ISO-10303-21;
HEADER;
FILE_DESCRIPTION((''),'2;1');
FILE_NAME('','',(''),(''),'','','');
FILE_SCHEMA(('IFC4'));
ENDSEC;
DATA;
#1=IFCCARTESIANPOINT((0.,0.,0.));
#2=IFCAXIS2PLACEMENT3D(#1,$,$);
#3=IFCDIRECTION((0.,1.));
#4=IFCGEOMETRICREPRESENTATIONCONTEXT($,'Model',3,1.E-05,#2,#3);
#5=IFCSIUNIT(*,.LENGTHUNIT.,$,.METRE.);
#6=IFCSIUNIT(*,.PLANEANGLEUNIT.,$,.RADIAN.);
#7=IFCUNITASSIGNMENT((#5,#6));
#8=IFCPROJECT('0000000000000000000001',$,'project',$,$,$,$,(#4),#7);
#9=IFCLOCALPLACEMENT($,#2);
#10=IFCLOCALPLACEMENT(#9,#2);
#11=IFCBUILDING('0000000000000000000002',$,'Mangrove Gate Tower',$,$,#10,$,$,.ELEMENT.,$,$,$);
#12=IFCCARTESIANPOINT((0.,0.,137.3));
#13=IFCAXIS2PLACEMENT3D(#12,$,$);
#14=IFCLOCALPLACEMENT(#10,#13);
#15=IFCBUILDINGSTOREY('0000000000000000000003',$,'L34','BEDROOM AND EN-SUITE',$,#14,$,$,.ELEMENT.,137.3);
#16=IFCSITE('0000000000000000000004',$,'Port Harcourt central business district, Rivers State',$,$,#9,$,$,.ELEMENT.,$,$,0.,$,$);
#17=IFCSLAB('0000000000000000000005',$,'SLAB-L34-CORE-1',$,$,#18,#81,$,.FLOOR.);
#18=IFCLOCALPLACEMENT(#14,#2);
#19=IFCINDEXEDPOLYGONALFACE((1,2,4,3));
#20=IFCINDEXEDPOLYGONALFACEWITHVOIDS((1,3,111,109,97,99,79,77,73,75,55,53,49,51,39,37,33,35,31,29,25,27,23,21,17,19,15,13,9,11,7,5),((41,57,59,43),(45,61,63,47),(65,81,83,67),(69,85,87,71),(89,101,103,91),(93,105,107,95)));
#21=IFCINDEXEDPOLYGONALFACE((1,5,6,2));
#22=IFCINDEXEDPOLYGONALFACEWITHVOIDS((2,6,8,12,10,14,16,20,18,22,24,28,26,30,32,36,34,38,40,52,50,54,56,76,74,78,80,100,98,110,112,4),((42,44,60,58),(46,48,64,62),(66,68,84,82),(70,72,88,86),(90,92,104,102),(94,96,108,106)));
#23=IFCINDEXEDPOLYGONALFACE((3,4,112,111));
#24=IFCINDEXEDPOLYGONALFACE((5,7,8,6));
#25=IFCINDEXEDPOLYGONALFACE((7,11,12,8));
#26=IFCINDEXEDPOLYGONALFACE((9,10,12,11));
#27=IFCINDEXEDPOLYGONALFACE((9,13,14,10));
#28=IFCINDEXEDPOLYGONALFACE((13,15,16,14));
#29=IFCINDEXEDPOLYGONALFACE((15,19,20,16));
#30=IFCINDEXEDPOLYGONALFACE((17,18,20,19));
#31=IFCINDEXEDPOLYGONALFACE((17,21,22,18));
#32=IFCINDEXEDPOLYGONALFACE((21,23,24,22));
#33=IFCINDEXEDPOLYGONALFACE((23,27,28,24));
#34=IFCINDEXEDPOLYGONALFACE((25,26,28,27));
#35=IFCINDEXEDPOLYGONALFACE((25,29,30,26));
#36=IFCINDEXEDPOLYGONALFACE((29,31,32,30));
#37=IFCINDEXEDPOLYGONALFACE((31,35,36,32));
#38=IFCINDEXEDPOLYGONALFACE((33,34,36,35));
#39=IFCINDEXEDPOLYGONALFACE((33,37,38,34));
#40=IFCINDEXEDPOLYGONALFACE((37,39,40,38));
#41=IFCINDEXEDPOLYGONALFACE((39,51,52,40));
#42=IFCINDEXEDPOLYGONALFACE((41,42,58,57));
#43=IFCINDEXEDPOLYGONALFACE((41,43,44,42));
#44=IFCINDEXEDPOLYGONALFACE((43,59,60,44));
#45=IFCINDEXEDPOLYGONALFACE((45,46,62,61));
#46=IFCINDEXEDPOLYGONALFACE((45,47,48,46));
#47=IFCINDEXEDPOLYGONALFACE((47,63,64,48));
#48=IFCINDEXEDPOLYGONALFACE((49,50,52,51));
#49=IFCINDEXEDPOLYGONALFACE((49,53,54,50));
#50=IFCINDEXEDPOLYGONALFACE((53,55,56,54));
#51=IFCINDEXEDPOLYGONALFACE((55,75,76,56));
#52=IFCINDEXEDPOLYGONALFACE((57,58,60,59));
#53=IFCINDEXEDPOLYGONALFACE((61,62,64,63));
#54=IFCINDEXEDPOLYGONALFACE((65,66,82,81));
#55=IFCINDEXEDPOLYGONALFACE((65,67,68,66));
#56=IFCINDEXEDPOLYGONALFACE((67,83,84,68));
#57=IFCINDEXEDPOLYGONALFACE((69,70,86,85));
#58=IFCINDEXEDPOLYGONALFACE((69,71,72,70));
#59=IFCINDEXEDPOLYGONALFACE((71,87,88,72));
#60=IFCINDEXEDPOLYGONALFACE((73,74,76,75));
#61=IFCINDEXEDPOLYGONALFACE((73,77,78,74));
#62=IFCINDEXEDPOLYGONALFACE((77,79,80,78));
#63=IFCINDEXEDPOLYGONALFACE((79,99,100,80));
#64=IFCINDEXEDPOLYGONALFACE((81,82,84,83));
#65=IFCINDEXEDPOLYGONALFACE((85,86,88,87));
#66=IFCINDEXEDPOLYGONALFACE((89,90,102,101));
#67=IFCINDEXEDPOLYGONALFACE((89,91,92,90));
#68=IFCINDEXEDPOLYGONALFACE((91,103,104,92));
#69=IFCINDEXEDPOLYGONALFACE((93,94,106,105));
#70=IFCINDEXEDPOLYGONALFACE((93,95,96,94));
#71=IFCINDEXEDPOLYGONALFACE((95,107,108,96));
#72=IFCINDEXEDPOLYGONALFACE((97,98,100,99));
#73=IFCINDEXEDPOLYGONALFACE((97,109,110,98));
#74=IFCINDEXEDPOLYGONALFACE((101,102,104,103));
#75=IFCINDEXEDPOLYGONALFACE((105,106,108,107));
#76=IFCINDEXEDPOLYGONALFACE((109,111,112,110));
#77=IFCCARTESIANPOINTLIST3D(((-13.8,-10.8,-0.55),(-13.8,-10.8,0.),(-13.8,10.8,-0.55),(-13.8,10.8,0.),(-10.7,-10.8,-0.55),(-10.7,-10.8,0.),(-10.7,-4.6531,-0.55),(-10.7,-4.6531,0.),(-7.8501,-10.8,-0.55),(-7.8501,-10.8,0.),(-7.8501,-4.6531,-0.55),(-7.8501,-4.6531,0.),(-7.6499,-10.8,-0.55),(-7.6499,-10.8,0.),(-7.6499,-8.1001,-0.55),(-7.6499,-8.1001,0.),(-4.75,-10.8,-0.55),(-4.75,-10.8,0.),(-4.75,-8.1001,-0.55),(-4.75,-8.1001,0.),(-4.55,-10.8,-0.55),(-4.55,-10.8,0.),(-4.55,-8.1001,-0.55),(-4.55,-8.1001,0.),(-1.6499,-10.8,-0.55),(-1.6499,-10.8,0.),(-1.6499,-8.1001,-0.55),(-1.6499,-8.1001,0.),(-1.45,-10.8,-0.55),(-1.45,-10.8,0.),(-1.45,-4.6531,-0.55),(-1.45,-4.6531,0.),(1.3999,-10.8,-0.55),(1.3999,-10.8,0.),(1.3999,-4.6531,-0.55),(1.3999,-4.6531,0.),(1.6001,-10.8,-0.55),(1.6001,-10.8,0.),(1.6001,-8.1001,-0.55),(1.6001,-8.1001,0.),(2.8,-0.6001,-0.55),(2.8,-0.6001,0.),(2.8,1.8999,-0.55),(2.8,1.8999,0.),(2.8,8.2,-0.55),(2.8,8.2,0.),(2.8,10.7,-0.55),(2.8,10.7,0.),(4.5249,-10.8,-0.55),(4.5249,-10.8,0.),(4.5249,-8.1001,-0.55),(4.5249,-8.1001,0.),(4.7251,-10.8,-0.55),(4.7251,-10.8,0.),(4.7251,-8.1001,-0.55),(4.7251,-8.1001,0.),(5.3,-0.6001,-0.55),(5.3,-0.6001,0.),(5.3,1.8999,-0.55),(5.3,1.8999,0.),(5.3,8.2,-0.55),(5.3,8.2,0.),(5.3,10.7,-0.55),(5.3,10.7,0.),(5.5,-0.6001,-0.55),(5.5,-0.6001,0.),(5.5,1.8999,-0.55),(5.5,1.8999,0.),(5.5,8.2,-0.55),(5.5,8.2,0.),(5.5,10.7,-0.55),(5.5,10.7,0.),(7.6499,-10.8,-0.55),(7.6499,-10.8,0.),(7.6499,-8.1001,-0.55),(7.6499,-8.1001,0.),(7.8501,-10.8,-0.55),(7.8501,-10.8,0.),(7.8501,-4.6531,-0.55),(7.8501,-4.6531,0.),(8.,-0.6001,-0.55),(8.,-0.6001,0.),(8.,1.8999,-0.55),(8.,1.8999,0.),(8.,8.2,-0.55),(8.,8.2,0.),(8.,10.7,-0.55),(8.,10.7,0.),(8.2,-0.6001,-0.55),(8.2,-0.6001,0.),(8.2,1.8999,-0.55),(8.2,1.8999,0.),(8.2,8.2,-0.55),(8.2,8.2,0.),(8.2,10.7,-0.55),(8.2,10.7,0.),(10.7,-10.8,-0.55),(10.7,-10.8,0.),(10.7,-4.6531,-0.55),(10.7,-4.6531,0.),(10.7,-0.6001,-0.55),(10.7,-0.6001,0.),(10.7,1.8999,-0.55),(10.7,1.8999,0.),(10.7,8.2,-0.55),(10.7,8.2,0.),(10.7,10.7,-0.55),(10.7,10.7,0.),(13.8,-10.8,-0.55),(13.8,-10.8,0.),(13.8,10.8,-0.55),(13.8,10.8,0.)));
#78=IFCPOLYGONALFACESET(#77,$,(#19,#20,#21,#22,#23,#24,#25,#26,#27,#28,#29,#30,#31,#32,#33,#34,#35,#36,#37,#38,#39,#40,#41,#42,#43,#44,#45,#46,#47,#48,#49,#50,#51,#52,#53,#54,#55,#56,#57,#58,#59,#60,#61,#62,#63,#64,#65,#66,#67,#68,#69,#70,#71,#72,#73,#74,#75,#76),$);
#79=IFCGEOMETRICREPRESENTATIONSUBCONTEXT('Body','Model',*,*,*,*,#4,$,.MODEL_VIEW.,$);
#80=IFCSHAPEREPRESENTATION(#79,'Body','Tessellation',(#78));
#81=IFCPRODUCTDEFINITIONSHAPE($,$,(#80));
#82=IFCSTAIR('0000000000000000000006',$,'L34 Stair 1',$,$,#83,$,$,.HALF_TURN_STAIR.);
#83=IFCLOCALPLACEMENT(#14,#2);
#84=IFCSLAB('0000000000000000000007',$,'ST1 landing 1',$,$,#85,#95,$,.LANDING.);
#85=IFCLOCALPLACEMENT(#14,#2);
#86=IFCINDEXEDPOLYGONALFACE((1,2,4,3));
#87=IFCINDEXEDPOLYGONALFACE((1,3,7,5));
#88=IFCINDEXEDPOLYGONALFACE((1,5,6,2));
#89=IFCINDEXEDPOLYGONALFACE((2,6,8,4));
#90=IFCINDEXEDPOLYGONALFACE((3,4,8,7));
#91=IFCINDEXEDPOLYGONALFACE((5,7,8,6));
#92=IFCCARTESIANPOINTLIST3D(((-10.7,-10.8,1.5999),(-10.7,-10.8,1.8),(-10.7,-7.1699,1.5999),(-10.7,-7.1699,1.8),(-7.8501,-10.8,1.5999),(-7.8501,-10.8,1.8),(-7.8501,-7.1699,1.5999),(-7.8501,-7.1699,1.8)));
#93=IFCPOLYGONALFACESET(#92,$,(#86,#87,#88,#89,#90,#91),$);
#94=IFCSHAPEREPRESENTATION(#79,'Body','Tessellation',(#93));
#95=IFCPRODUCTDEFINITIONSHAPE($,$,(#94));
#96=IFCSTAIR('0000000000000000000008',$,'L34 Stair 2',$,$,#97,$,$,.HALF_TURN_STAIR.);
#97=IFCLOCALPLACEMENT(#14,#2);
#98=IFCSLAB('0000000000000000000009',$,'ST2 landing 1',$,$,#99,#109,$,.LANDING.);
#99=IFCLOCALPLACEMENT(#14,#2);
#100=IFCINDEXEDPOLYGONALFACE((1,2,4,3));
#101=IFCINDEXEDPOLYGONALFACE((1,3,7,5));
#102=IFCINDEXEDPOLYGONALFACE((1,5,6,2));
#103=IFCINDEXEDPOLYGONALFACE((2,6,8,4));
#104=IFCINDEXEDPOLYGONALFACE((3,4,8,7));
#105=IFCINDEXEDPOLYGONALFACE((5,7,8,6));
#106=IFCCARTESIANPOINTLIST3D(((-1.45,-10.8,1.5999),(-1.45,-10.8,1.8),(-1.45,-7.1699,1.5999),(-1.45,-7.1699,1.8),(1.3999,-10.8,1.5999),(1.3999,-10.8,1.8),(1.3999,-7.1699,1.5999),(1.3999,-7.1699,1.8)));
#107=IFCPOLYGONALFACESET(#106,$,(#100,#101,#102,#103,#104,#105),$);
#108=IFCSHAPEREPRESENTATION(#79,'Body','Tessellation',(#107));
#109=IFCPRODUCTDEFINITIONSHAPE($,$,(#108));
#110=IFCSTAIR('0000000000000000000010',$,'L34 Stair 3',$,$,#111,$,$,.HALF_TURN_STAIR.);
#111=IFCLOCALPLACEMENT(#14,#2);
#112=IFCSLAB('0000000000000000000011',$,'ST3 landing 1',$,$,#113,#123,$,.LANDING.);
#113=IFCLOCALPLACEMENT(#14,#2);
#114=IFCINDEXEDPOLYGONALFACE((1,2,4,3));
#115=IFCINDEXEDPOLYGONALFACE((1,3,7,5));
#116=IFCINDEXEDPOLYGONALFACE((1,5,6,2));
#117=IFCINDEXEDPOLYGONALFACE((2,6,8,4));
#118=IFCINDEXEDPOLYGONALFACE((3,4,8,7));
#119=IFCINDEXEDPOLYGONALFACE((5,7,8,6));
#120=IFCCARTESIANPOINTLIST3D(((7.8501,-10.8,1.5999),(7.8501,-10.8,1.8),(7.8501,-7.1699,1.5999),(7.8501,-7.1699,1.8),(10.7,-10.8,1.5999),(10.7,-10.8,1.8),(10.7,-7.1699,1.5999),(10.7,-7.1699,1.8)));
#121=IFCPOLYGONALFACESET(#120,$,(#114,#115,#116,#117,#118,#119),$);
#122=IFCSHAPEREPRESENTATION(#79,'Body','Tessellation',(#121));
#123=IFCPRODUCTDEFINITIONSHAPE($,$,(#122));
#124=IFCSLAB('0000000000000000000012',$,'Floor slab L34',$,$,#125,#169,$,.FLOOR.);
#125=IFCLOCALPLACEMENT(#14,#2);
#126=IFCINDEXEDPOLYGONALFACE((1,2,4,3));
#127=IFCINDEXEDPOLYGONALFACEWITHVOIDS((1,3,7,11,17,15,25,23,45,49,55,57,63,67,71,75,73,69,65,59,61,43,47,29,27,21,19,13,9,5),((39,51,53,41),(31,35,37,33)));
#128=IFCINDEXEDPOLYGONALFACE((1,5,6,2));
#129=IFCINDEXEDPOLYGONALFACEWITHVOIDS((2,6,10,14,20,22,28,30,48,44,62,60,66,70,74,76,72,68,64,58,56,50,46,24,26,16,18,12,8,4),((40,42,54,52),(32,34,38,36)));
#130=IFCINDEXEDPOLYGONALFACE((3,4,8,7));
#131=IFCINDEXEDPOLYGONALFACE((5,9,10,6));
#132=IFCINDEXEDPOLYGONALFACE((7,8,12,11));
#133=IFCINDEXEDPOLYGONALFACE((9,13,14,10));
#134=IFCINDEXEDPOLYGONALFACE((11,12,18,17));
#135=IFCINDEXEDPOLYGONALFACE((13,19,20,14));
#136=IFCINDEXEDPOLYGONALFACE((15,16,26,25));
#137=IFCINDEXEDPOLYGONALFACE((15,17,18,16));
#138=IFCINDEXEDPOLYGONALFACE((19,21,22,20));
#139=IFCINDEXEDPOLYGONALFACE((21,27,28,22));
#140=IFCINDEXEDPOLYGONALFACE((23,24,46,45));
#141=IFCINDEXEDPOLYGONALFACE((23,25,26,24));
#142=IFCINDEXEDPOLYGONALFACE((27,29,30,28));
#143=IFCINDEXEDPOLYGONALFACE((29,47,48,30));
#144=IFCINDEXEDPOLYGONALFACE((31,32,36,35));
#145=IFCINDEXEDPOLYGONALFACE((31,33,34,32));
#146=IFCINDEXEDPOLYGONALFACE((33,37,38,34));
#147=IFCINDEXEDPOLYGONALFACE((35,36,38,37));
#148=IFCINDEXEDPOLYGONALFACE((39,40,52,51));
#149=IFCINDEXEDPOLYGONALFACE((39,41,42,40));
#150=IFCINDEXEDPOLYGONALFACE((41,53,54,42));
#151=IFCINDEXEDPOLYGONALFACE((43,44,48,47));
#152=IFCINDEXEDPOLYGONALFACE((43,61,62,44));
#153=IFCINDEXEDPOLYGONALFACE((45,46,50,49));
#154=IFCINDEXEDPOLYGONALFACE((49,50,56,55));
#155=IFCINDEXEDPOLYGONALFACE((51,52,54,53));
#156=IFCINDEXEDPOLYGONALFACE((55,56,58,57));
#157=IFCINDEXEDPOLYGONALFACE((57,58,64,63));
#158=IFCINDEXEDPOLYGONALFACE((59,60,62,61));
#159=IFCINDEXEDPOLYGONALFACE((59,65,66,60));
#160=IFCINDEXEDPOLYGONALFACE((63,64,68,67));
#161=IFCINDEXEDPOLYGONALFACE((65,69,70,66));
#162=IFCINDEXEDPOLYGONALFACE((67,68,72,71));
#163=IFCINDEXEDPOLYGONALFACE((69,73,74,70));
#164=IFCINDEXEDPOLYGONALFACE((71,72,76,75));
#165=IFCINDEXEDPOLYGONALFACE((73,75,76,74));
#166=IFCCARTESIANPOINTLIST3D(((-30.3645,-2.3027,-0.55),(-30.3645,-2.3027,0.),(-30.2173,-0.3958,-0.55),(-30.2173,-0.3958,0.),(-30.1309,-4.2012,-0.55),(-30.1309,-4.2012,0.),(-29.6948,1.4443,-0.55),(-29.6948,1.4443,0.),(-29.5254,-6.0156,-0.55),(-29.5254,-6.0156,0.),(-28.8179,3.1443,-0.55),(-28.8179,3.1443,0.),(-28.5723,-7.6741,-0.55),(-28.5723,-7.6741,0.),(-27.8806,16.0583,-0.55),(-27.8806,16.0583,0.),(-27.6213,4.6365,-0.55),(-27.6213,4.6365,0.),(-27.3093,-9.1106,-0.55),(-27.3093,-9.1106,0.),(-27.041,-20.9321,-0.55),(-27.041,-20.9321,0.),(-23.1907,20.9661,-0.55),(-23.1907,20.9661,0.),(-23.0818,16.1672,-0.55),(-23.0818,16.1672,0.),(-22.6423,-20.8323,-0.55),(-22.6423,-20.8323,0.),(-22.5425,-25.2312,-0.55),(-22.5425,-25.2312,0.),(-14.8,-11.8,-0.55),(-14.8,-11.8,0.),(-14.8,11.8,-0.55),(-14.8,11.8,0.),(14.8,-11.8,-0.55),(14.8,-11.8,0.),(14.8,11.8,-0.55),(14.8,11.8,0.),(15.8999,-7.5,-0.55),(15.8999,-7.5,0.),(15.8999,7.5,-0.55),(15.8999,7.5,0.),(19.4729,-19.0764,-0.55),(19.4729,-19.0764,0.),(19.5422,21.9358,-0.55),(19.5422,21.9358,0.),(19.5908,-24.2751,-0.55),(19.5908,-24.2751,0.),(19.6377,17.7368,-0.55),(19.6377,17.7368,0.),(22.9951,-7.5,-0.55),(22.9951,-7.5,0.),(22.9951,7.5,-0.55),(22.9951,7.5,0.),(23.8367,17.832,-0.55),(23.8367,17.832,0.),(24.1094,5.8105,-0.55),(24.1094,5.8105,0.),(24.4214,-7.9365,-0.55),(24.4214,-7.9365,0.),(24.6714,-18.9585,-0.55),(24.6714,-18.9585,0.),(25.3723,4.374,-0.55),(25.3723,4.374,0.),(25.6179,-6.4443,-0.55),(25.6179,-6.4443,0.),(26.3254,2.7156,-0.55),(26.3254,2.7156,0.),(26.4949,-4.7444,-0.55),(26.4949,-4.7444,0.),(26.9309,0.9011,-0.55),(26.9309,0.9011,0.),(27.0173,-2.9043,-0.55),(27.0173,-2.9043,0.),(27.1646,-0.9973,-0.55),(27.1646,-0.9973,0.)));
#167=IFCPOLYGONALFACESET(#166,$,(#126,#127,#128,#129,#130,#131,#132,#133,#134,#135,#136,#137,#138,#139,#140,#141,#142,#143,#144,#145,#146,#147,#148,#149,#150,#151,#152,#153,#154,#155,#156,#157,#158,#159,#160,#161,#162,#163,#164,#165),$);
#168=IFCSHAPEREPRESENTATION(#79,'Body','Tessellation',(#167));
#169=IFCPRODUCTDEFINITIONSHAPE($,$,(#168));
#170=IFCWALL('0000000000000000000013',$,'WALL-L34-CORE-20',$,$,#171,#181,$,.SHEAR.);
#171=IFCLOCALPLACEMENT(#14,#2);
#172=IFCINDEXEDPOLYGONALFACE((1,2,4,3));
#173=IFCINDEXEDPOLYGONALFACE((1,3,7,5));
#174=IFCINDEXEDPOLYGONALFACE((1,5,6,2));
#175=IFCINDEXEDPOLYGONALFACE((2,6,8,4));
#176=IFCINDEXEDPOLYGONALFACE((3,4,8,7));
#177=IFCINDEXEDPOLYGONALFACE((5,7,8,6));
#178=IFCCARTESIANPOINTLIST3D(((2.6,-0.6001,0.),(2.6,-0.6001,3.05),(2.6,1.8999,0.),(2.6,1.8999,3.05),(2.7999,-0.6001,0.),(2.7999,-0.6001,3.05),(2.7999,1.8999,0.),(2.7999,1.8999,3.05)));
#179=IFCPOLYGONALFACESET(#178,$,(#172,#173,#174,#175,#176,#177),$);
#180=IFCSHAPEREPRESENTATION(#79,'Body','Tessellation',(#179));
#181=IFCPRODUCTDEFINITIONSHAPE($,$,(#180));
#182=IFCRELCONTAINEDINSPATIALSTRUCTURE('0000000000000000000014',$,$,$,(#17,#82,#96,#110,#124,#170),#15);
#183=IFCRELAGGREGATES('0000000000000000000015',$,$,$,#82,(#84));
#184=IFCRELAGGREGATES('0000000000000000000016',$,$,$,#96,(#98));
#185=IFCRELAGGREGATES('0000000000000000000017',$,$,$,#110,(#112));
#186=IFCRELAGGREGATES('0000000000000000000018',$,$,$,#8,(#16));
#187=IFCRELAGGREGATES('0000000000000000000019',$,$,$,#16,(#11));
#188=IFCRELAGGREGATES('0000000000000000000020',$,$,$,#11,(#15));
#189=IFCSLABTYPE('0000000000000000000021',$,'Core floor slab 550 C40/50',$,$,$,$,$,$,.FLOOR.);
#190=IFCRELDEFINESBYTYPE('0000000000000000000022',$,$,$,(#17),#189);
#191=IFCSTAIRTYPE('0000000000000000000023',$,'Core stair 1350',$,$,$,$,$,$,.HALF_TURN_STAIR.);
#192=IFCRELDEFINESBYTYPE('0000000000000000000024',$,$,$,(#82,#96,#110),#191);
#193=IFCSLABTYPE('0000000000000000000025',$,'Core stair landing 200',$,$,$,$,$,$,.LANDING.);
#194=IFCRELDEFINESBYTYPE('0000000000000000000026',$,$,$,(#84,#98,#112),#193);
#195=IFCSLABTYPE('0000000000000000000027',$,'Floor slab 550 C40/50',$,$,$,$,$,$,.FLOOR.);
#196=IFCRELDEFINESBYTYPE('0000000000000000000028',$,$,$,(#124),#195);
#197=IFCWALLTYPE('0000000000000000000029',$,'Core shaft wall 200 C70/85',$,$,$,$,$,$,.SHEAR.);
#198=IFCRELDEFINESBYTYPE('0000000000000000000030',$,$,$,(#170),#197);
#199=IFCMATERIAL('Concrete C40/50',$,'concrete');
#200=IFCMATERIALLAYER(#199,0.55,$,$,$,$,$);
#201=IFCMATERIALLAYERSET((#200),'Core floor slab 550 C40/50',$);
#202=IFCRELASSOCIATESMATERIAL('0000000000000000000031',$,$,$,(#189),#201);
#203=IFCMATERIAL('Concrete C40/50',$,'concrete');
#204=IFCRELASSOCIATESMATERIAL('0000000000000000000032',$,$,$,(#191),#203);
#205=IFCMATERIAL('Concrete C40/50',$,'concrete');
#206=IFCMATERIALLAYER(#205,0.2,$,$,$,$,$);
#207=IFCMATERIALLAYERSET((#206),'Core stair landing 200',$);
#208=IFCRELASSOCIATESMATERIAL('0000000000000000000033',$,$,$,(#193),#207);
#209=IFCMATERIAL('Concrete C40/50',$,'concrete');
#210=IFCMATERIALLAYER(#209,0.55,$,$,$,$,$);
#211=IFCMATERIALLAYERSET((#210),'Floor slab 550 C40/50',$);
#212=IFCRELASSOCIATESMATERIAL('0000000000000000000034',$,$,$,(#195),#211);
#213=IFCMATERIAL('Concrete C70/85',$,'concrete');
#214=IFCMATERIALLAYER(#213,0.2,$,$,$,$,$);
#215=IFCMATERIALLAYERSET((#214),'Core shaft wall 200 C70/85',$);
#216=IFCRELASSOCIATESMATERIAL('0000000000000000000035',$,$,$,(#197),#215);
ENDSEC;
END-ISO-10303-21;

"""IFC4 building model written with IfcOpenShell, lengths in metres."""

from ifc_helpers import new_model, si_unit, direction, frame, frame_2d, origin, place, context, subcontext, project, spatial, polyline, rectangle, outline, extrude, material, layer, layer_set, type_object, element, aggregate, save


model = new_model("IFC4")

# Units and contexts
model_context = context("Model", 3, precision=1e-05, world=origin(), true_north=direction((0.0, 1.0)))
body_context = subcontext(model_context, "Body", "Model", "MODEL_VIEW")
ifc_project = project(units=[si_unit("LENGTHUNIT", "METRE"), si_unit("PLANEANGLEUNIT", "RADIAN")], contexts=[model_context])

# Site, building, storey
site_placement = place(None, origin())
site = spatial("IfcSite", under=ifc_project, at=site_placement, Name="Port Harcourt central business district, Rivers State", CompositionType="ELEMENT", RefElevation=0.0)
building_placement = place(site_placement, origin())
building = spatial("IfcBuilding", under=site, at=building_placement, Name="Mangrove Gate Tower", CompositionType="ELEMENT")
storey_placement = place(building_placement, frame((0.0, 0.0, 137.3)))
storey = spatial("IfcBuildingStorey", under=building, at=storey_placement, Name="L34", Description="BEDROOM AND EN-SUITE", CompositionType="ELEMENT", Elevation=137.3)

# Slab
ifc_material_1 = material(Name="Concrete C40/50", Category="concrete")
ifc_layer_1 = layer(ifc_material_1, 0.55)
ifc_layer_set_1 = layer_set([ifc_layer_1], Name="Core floor slab 550 C40/50")
slab_type_1 = type_object("IfcSlabType", Name="Core floor slab 550 C40/50", PredefinedType="FLOOR", material=ifc_layer_set_1)
slab_1_placement = place(storey_placement, frame((0.0, 0.0, -0.55)))
element("IfcSlab", 1, at=slab_1_placement, inside=storey, type_object=slab_type_1, Name="SLAB-L34-CORE-1", PredefinedType="FLOOR", context=body_context, shape_type="SweptSolid", body=[
    extrude(outline(polyline([(-13.8, -10.8), (-13.8, 10.8), (13.8, 10.8), (13.8, -10.8), (10.7, -10.8), (10.7, -4.6531), (7.8501, -4.6531), (7.8501, -10.8), (7.6499, -10.8), (7.6499, -8.1001), (4.7251, -8.1001), (4.7251, -10.8), (4.5249, -10.8), (4.5249, -8.1001), (1.6001, -8.1001), (1.6001, -10.8), (1.3999, -10.8), (1.3999, -4.6531), (-1.45, -4.6531), (-1.45, -10.8), (-1.6499, -10.8), (-1.6499, -8.1001), (-4.55, -8.1001), (-4.55, -10.8), (-4.75, -10.8), (-4.75, -8.1001), (-7.6499, -8.1001), (-7.6499, -10.8), (-7.8501, -10.8), (-7.8501, -4.6531), (-10.7, -4.6531), (-10.7, -10.8), (-13.8, -10.8)]), holes=[polyline([(5.3, -0.6001), (5.3, 1.8999), (2.8, 1.8999), (2.8, -0.6001), (5.3, -0.6001)]), polyline([(5.3, 10.7), (2.8, 10.7), (2.8, 8.2), (5.3, 8.2), (5.3, 10.7)]), polyline([(8.0, -0.6001), (8.0, 1.8999), (5.5, 1.8999), (5.5, -0.6001), (8.0, -0.6001)]), polyline([(10.7, -0.6001), (10.7, 1.8999), (8.2, 1.8999), (8.2, -0.6001), (10.7, -0.6001)]), polyline([(8.0, 8.2), (8.0, 10.7), (5.5, 10.7), (5.5, 8.2), (8.0, 8.2)]), polyline([(10.7, 8.2), (10.7, 10.7), (8.2, 10.7), (8.2, 8.2), (10.7, 8.2)])]), origin(), (0.0, 0.0, 1.0), 0.55),
])

# Stairs, slabs
ifc_material_2 = material(Name="Concrete C40/50", Category="concrete")
stair_type = type_object("IfcStairType", Name="Core stair 1350", PredefinedType="HALF_TURN_STAIR", material=ifc_material_2)
stair_1_placement = place(storey_placement, origin())
stair_1 = element("IfcStair", 2, at=stair_1_placement, inside=storey, type_object=stair_type, Name="L34 Stair 1", PredefinedType="HALF_TURN_STAIR")
ifc_material_3 = material(Name="Concrete C40/50", Category="concrete")
ifc_layer_2 = layer(ifc_material_3, 0.2)
ifc_layer_set_2 = layer_set([ifc_layer_2], Name="Core stair landing 200")
slab_type_2 = type_object("IfcSlabType", Name="Core stair landing 200", PredefinedType="LANDING", material=ifc_layer_set_2)
slab_2_placement = place(storey_placement, frame((0.0, 0.0, 1.5999)))
slab_2 = element("IfcSlab", 3, at=slab_2_placement, type_object=slab_type_2, Name="ST1 landing 1", PredefinedType="LANDING", context=body_context, shape_type="SweptSolid", body=[
    extrude(outline(polyline([(-10.7, -7.1699), (-10.7, -10.8), (-7.8501, -10.8), (-7.8501, -7.1699), (-10.7, -7.1699)])), origin(), (0.0, 0.0, 1.0), 0.2002),
])
aggregate(stair_1, [slab_2])
stair_2_placement = place(storey_placement, origin())
stair_2 = element("IfcStair", 4, at=stair_2_placement, inside=storey, type_object=stair_type, Name="L34 Stair 2", PredefinedType="HALF_TURN_STAIR")
slab_3_placement = place(storey_placement, frame((0.0, 0.0, 1.5999)))
slab_3 = element("IfcSlab", 5, at=slab_3_placement, type_object=slab_type_2, Name="ST2 landing 1", PredefinedType="LANDING", context=body_context, shape_type="SweptSolid", body=[
    extrude(outline(polyline([(-1.45, -7.1699), (-1.45, -10.8), (1.3999, -10.8), (1.3999, -7.1699), (-1.45, -7.1699)])), origin(), (0.0, 0.0, 1.0), 0.2002),
])
aggregate(stair_2, [slab_3])
stair_3_placement = place(storey_placement, origin())
stair_3 = element("IfcStair", 6, at=stair_3_placement, inside=storey, type_object=stair_type, Name="L34 Stair 3", PredefinedType="HALF_TURN_STAIR")
slab_4_placement = place(storey_placement, frame((0.0, 0.0, 1.5999)))
slab_4 = element("IfcSlab", 7, at=slab_4_placement, type_object=slab_type_2, Name="ST3 landing 1", PredefinedType="LANDING", context=body_context, shape_type="SweptSolid", body=[
    extrude(outline(polyline([(7.8501, -7.1699), (7.8501, -10.8), (10.7, -10.8), (10.7, -7.1699), (7.8501, -7.1699)])), origin(), (0.0, 0.0, 1.0), 0.2002),
])
aggregate(stair_3, [slab_4])

# Slab
ifc_material_4 = material(Name="Concrete C40/50", Category="concrete")
ifc_layer_3 = layer(ifc_material_4, 0.55)
ifc_layer_set_3 = layer_set([ifc_layer_3], Name="Floor slab 550 C40/50")
slab_type_3 = type_object("IfcSlabType", Name="Floor slab 550 C40/50", PredefinedType="FLOOR", material=ifc_layer_set_3)
slab_5_placement = place(storey_placement, frame((0.0, 0.0, -0.55)))
element("IfcSlab", 8, at=slab_5_placement, inside=storey, type_object=slab_type_3, Name="Floor slab L34", PredefinedType="FLOOR", context=body_context, shape_type="SweptSolid", body=[
    extrude(outline(polyline([(-22.5425, -25.2312), (19.5908, -24.2751), (19.4729, -19.0764), (24.6714, -18.9585), (24.4214, -7.9365), (25.6179, -6.4443), (26.4949, -4.7444), (27.0173, -2.9043), (27.1646, -0.9973), (26.9309, 0.9011), (26.3254, 2.7156), (25.3723, 4.374), (24.1094, 5.8105), (23.8367, 17.832), (19.6377, 17.7368), (19.5422, 21.9358), (-23.1907, 20.9661), (-23.0818, 16.1672), (-27.8806, 16.0583), (-27.6213, 4.6365), (-28.8179, 3.1443), (-29.6948, 1.4443), (-30.2173, -0.3958), (-30.3645, -2.3027), (-30.1309, -4.2012), (-29.5254, -6.0156), (-28.5723, -7.6741), (-27.3093, -9.1106), (-27.041, -20.9321), (-22.6423, -20.8323), (-22.5425, -25.2312)]), holes=[polyline([(15.8999, 7.5), (22.9951, 7.5), (22.9951, -7.5), (15.8999, -7.5), (15.8999, 7.5)]), polyline([(-14.8, -11.8), (-14.8, 11.8), (14.8, 11.8), (14.8, -11.8), (-14.8, -11.8)])]), origin(), (0.0, 0.0, 1.0), 0.55),
])

# Wall
ifc_material_5 = material(Name="Concrete C70/85", Category="concrete")
ifc_layer_4 = layer(ifc_material_5, 0.2)
ifc_layer_set_4 = layer_set([ifc_layer_4], Name="Core shaft wall 200 C70/85")
wall_type = type_object("IfcWallType", Name="Core shaft wall 200 C70/85", PredefinedType="SHEAR", material=ifc_layer_set_4)
for number, where, z_axis, x_axis, name in (
    (9, (2.7, -0.6001, 0.0), (0.0, 0.0, 1.0), (0.0, 1.0, 0.0), "WALL-L34-CORE-20"),
):
    element("IfcWall", number, at=place(storey_placement, frame(where, z_axis=z_axis, x_axis=x_axis)), inside=storey, type_object=wall_type, Name=name, PredefinedType="SHEAR", context=body_context, shape_type="SweptSolid", body=[
        extrude(rectangle(XDim=2.5, YDim=0.2, at=frame_2d((1.25, 0.0))), origin(), (0.0, 0.0, 1.0), 3.05),
    ])

save(model, "model.ifc")
